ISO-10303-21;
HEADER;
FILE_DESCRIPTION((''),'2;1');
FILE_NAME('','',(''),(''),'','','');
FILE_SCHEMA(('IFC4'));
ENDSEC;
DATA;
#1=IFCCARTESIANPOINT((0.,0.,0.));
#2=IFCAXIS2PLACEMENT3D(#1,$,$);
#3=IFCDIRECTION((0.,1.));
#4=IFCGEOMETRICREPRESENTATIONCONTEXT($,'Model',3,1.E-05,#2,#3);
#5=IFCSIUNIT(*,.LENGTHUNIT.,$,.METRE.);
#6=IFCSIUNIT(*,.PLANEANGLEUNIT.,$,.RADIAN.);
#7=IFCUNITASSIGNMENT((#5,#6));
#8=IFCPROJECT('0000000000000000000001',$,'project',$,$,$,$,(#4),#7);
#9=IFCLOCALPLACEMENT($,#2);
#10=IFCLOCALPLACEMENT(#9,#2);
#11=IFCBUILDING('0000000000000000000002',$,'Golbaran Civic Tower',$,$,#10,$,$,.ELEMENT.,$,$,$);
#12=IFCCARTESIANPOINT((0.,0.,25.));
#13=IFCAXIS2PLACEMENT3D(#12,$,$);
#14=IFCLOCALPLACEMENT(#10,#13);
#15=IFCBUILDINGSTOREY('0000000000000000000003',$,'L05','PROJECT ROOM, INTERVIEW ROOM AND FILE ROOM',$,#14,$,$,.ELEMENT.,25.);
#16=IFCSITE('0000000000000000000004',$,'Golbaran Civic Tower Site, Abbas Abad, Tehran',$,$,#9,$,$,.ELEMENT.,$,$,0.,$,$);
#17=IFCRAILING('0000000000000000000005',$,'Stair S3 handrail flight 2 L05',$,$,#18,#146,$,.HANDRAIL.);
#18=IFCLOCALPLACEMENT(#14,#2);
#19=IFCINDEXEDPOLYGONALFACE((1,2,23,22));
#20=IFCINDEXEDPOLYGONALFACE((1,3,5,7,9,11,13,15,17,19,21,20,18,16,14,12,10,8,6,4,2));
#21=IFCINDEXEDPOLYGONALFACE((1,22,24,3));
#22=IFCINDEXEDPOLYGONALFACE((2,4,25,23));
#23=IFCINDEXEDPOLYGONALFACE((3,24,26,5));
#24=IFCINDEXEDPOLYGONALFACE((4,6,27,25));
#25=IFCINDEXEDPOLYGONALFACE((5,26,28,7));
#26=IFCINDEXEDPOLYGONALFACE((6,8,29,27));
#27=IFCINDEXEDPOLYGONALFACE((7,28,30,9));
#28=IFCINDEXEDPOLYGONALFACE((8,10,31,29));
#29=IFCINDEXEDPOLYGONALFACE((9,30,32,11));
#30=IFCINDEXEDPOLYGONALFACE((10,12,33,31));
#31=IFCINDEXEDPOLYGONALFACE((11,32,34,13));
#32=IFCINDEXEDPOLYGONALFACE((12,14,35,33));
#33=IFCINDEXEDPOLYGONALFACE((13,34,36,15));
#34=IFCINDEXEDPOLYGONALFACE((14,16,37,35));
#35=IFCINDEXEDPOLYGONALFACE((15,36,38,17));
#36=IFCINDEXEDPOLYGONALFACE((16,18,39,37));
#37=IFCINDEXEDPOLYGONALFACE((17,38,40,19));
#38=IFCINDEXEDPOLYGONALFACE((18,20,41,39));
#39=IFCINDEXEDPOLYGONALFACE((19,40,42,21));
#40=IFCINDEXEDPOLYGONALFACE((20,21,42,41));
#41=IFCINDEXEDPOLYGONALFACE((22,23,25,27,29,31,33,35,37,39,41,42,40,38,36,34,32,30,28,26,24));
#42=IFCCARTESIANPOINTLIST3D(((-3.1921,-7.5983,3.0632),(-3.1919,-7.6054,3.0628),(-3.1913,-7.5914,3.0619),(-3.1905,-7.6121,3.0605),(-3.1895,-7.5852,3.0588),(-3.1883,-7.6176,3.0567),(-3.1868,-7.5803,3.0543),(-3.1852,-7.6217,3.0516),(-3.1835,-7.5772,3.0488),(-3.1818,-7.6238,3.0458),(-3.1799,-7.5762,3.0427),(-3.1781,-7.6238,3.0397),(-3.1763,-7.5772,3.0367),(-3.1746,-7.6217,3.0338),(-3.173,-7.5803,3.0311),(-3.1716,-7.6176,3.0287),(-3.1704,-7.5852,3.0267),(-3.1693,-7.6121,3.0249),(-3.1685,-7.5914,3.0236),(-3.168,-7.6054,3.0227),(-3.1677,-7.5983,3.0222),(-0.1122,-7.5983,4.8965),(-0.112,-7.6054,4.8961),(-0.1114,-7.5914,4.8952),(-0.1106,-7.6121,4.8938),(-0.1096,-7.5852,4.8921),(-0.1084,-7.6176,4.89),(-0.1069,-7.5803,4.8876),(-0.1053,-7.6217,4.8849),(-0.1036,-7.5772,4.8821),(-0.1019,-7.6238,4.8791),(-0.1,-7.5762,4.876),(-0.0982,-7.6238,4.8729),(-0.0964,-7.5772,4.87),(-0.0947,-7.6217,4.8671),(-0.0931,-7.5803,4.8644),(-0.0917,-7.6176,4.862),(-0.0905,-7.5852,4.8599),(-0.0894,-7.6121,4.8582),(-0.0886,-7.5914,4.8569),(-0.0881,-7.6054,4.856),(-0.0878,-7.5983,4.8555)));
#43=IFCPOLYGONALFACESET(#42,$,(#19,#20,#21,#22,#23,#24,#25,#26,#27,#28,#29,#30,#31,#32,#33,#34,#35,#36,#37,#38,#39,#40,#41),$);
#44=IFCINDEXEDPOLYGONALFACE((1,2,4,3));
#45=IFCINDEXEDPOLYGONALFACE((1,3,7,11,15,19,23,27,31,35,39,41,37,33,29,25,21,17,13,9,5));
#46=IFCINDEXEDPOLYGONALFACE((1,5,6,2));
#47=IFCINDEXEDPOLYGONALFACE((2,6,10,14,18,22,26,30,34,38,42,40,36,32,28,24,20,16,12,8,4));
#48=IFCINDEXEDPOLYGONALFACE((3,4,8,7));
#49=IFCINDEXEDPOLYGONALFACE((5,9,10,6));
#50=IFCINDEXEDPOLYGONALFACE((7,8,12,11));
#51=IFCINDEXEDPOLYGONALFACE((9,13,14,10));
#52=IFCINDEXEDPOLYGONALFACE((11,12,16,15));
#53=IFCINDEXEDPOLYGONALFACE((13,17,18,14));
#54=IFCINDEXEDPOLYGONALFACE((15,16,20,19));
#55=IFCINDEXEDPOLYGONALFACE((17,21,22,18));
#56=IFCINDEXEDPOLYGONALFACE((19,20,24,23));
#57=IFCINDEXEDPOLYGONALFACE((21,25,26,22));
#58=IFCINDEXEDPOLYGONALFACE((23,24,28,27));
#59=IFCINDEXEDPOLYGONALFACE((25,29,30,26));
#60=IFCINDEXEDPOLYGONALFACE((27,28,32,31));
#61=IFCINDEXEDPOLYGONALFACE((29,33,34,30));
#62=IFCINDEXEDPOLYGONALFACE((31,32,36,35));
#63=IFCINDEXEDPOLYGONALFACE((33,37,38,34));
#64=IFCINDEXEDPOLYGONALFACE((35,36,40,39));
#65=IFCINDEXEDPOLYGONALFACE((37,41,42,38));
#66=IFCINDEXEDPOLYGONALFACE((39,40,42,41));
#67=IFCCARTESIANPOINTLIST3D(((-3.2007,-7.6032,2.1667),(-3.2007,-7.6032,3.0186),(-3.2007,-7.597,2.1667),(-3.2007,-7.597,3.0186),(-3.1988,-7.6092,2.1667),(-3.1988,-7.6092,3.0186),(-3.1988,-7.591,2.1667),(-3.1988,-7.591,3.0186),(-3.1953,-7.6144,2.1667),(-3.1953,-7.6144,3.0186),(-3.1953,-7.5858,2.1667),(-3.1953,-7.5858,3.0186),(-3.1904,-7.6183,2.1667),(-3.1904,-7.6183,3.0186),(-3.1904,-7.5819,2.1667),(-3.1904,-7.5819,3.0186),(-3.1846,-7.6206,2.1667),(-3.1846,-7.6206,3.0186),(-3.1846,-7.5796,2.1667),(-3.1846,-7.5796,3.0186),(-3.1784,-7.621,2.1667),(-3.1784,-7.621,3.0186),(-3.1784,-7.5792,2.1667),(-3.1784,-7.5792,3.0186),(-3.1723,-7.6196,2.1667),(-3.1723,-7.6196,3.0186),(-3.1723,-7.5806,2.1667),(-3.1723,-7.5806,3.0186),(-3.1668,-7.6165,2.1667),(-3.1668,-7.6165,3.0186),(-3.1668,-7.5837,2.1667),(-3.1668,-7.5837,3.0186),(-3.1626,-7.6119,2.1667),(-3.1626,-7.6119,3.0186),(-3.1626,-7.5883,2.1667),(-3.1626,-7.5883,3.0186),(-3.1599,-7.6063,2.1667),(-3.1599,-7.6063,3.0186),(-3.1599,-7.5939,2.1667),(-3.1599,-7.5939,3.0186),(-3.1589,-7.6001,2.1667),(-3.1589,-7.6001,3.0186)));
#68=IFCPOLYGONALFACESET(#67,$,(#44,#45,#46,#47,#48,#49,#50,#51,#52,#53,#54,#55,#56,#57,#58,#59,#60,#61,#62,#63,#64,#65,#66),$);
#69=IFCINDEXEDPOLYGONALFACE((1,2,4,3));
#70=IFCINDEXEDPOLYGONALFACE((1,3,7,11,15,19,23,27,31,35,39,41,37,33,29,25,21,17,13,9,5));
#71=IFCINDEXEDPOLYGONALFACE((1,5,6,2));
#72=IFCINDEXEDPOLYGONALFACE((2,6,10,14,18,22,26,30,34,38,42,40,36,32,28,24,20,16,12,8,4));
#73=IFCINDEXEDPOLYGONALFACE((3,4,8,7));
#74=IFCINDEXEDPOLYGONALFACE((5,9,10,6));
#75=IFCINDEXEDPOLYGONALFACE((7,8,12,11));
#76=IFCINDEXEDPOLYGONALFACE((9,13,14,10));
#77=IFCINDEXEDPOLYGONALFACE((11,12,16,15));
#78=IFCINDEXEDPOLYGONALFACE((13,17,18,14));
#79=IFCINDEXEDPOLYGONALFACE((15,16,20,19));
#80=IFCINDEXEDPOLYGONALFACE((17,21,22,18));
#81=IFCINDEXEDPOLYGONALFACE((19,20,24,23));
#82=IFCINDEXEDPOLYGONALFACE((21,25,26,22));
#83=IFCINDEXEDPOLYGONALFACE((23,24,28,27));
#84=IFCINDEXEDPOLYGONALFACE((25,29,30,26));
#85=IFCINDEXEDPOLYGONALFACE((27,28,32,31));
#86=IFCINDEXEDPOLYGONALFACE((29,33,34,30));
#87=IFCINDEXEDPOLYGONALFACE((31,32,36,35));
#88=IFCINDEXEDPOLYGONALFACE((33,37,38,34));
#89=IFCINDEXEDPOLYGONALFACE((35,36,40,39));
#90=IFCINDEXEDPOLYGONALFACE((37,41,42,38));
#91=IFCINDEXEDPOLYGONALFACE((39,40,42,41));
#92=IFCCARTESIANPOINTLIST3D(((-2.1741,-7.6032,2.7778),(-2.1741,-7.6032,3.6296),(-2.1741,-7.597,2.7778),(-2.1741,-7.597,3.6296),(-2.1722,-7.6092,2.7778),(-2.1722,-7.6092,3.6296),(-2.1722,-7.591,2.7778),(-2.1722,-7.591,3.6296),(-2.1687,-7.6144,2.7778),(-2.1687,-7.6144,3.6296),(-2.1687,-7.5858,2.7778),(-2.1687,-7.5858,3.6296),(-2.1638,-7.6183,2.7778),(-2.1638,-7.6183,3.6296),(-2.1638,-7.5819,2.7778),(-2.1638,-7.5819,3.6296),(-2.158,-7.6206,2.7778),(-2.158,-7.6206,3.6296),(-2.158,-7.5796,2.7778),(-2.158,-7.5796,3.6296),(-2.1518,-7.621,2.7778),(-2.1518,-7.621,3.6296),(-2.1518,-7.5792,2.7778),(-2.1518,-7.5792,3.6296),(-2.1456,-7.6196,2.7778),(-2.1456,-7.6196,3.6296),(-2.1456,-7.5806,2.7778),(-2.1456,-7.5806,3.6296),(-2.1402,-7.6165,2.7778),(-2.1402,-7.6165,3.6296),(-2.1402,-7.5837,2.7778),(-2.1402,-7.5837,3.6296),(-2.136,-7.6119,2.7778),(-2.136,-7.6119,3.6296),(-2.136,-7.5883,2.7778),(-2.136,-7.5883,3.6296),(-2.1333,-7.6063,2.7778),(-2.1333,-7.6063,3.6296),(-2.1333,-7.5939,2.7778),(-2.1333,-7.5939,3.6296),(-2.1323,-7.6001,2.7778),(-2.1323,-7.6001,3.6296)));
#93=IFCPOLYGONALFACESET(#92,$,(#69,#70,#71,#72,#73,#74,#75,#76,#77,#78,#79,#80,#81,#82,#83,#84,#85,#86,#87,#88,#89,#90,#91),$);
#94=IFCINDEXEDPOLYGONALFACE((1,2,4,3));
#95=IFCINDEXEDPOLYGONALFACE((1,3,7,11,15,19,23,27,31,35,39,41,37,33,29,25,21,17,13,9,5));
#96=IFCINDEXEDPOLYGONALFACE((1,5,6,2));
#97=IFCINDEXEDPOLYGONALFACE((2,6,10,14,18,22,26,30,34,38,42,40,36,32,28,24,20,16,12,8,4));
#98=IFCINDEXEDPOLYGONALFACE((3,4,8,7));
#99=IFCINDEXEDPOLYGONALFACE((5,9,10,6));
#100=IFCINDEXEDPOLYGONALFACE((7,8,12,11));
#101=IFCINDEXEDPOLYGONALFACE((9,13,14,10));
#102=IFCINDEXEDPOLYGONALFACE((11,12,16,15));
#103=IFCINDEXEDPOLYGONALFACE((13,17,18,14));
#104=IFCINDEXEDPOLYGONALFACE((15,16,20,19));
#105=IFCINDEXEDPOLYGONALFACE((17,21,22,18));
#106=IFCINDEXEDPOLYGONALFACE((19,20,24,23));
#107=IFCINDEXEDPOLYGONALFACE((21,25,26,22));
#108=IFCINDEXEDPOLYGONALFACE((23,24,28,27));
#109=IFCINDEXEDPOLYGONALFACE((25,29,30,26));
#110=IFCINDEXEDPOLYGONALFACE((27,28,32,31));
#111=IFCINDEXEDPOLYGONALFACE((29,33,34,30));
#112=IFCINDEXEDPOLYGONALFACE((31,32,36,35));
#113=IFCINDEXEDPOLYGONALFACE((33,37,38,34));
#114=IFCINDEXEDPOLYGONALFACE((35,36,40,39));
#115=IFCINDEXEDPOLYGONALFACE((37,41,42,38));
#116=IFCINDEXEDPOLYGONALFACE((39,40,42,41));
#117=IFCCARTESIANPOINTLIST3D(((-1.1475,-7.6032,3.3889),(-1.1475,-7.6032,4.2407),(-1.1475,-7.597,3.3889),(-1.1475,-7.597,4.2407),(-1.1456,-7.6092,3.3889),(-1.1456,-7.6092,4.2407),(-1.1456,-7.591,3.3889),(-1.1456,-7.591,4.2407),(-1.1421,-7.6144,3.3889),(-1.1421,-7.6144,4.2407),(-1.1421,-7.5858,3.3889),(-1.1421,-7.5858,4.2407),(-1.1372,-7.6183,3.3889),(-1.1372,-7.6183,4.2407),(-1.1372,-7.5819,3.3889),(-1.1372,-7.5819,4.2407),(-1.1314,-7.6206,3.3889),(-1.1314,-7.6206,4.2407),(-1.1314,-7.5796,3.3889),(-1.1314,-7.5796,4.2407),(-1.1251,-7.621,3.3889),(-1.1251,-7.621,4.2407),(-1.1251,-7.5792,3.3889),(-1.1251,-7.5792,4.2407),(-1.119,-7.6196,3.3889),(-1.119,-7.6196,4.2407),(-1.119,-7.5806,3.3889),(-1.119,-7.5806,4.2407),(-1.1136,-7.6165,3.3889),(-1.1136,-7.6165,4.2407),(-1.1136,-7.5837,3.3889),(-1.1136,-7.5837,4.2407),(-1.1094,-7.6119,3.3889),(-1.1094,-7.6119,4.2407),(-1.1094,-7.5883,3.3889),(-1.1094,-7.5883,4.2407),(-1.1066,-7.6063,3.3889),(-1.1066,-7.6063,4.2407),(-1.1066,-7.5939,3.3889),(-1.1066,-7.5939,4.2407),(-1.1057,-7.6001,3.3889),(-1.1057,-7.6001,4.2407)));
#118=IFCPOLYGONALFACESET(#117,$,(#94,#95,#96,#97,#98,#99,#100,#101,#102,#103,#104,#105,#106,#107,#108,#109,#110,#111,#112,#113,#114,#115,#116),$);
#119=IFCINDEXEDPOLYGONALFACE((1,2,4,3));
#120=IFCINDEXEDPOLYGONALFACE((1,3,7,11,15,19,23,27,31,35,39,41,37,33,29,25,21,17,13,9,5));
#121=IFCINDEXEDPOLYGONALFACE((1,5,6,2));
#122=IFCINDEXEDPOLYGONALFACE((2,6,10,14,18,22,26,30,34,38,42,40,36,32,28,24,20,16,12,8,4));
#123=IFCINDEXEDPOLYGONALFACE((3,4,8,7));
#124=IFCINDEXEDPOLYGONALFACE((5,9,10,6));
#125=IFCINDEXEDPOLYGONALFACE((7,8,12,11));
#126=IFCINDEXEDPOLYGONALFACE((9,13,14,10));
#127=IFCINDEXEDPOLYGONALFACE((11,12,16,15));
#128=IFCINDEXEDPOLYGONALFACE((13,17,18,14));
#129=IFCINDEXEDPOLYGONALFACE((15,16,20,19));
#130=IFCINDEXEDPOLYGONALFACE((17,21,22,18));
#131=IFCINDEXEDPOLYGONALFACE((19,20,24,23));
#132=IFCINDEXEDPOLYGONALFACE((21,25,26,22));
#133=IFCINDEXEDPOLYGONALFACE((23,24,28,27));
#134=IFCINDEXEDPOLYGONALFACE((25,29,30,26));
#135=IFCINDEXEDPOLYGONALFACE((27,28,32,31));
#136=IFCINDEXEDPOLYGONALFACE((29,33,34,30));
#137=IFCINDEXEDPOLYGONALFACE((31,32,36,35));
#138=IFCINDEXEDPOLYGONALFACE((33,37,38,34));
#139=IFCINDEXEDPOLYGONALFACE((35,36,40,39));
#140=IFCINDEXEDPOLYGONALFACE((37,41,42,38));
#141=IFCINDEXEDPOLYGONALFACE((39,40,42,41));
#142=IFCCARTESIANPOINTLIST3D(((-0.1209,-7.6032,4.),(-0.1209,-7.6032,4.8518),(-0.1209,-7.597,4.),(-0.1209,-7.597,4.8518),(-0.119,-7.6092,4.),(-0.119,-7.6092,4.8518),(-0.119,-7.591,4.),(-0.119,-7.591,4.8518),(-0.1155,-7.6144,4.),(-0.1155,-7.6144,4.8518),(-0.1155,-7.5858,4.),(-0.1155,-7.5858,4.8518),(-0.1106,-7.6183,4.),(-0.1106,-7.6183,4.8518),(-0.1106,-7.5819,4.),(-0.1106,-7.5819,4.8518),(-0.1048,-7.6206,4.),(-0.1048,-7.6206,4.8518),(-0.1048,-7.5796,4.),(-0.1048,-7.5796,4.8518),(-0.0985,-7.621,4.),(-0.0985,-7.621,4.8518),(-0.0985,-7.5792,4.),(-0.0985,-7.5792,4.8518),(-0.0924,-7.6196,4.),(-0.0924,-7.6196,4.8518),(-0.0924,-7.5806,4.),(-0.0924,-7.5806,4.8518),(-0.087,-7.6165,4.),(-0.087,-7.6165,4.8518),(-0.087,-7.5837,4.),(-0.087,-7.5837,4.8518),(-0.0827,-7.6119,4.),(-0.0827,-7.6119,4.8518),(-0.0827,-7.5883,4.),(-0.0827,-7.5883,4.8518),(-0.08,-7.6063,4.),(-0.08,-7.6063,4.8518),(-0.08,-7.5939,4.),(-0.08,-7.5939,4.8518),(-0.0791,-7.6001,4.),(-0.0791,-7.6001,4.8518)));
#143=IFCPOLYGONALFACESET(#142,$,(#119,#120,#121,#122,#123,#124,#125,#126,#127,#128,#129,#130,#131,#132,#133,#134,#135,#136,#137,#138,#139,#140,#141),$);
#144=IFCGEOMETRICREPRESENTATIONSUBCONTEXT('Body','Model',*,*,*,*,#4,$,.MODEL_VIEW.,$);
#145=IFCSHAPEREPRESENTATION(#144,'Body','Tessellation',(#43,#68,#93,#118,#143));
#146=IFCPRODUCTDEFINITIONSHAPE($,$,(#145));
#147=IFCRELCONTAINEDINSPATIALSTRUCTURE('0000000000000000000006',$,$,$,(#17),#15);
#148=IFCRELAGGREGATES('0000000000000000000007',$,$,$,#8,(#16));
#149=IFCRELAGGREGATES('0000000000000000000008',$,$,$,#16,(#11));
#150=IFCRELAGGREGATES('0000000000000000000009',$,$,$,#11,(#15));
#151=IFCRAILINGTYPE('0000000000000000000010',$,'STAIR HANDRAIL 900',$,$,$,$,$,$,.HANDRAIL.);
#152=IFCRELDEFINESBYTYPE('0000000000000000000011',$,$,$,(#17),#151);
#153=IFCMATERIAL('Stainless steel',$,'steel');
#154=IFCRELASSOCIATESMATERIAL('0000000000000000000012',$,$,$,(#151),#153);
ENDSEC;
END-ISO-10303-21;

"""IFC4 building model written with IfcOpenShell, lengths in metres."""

from ifc_helpers import new_model, si_unit, direction, frame, origin, origin_2d, place, context, subcontext, project, spatial, circle, extrude, material, type_object, element, save


model = new_model("IFC4")

# Units and contexts
model_context = context("Model", 3, precision=1e-05, world=origin(), true_north=direction((0.0, 1.0)))
body_context = subcontext(model_context, "Body", "Model", "MODEL_VIEW")
ifc_project = project(units=[si_unit("LENGTHUNIT", "METRE"), si_unit("PLANEANGLEUNIT", "RADIAN")], contexts=[model_context])

# Site, building, storey
site_placement = place(None, origin())
site = spatial("IfcSite", under=ifc_project, at=site_placement, Name="Golbaran Civic Tower Site, Abbas Abad, Tehran", CompositionType="ELEMENT", RefElevation=0.0)
building_placement = place(site_placement, origin())
building = spatial("IfcBuilding", under=site, at=building_placement, Name="Golbaran Civic Tower", CompositionType="ELEMENT")
storey_placement = place(building_placement, frame((0.0, 0.0, 25.0)))
storey = spatial("IfcBuildingStorey", under=building, at=storey_placement, Name="L05", Description="PROJECT ROOM, INTERVIEW ROOM AND FILE ROOM", CompositionType="ELEMENT", Elevation=25.0)

# Shared definitions
ifc_material_1 = material(Name="Stainless steel", Category="steel")

# Railing
railing_type = type_object("IfcRailingType", Name="STAIR HANDRAIL 900", PredefinedType="HANDRAIL", material=ifc_material_1)
railing_1_placement = place(storey_placement, frame((-3.1799, -7.6001, 2.1667)))
element("IfcRailing", 1, at=railing_1_placement, inside=storey, type_object=railing_type, Name="Stair S3 handrail flight 2 L05", PredefinedType="HANDRAIL", context=body_context, shape_type="SweptSolid", body=[
    extrude(circle(Radius=0.0239, at=origin_2d()), frame((0.0, 0.0, 0.876), z_axis=(0.859291, 0.0, 0.511487), x_axis=(0.0, 1.0, 0.0)), (0.0, 0.0, 1.0), 3.5842),
    extrude(circle(Radius=0.021, at=origin_2d()), origin(), (0.0, 0.0, 1.0), 0.8518),
    extrude(circle(Radius=0.021, at=origin_2d()), frame((1.0266, 0.0, 0.6111)), (0.0, 0.0, 1.0), 0.8518),
    extrude(circle(Radius=0.021, at=origin_2d()), frame((2.0532, 0.0, 1.2222)), (0.0, 0.0, 1.0), 0.8518),
    extrude(circle(Radius=0.021, at=origin_2d()), frame((3.0798, 0.0, 1.8333)), (0.0, 0.0, 1.0), 0.8518),
])

save(model, "model.ifc")
